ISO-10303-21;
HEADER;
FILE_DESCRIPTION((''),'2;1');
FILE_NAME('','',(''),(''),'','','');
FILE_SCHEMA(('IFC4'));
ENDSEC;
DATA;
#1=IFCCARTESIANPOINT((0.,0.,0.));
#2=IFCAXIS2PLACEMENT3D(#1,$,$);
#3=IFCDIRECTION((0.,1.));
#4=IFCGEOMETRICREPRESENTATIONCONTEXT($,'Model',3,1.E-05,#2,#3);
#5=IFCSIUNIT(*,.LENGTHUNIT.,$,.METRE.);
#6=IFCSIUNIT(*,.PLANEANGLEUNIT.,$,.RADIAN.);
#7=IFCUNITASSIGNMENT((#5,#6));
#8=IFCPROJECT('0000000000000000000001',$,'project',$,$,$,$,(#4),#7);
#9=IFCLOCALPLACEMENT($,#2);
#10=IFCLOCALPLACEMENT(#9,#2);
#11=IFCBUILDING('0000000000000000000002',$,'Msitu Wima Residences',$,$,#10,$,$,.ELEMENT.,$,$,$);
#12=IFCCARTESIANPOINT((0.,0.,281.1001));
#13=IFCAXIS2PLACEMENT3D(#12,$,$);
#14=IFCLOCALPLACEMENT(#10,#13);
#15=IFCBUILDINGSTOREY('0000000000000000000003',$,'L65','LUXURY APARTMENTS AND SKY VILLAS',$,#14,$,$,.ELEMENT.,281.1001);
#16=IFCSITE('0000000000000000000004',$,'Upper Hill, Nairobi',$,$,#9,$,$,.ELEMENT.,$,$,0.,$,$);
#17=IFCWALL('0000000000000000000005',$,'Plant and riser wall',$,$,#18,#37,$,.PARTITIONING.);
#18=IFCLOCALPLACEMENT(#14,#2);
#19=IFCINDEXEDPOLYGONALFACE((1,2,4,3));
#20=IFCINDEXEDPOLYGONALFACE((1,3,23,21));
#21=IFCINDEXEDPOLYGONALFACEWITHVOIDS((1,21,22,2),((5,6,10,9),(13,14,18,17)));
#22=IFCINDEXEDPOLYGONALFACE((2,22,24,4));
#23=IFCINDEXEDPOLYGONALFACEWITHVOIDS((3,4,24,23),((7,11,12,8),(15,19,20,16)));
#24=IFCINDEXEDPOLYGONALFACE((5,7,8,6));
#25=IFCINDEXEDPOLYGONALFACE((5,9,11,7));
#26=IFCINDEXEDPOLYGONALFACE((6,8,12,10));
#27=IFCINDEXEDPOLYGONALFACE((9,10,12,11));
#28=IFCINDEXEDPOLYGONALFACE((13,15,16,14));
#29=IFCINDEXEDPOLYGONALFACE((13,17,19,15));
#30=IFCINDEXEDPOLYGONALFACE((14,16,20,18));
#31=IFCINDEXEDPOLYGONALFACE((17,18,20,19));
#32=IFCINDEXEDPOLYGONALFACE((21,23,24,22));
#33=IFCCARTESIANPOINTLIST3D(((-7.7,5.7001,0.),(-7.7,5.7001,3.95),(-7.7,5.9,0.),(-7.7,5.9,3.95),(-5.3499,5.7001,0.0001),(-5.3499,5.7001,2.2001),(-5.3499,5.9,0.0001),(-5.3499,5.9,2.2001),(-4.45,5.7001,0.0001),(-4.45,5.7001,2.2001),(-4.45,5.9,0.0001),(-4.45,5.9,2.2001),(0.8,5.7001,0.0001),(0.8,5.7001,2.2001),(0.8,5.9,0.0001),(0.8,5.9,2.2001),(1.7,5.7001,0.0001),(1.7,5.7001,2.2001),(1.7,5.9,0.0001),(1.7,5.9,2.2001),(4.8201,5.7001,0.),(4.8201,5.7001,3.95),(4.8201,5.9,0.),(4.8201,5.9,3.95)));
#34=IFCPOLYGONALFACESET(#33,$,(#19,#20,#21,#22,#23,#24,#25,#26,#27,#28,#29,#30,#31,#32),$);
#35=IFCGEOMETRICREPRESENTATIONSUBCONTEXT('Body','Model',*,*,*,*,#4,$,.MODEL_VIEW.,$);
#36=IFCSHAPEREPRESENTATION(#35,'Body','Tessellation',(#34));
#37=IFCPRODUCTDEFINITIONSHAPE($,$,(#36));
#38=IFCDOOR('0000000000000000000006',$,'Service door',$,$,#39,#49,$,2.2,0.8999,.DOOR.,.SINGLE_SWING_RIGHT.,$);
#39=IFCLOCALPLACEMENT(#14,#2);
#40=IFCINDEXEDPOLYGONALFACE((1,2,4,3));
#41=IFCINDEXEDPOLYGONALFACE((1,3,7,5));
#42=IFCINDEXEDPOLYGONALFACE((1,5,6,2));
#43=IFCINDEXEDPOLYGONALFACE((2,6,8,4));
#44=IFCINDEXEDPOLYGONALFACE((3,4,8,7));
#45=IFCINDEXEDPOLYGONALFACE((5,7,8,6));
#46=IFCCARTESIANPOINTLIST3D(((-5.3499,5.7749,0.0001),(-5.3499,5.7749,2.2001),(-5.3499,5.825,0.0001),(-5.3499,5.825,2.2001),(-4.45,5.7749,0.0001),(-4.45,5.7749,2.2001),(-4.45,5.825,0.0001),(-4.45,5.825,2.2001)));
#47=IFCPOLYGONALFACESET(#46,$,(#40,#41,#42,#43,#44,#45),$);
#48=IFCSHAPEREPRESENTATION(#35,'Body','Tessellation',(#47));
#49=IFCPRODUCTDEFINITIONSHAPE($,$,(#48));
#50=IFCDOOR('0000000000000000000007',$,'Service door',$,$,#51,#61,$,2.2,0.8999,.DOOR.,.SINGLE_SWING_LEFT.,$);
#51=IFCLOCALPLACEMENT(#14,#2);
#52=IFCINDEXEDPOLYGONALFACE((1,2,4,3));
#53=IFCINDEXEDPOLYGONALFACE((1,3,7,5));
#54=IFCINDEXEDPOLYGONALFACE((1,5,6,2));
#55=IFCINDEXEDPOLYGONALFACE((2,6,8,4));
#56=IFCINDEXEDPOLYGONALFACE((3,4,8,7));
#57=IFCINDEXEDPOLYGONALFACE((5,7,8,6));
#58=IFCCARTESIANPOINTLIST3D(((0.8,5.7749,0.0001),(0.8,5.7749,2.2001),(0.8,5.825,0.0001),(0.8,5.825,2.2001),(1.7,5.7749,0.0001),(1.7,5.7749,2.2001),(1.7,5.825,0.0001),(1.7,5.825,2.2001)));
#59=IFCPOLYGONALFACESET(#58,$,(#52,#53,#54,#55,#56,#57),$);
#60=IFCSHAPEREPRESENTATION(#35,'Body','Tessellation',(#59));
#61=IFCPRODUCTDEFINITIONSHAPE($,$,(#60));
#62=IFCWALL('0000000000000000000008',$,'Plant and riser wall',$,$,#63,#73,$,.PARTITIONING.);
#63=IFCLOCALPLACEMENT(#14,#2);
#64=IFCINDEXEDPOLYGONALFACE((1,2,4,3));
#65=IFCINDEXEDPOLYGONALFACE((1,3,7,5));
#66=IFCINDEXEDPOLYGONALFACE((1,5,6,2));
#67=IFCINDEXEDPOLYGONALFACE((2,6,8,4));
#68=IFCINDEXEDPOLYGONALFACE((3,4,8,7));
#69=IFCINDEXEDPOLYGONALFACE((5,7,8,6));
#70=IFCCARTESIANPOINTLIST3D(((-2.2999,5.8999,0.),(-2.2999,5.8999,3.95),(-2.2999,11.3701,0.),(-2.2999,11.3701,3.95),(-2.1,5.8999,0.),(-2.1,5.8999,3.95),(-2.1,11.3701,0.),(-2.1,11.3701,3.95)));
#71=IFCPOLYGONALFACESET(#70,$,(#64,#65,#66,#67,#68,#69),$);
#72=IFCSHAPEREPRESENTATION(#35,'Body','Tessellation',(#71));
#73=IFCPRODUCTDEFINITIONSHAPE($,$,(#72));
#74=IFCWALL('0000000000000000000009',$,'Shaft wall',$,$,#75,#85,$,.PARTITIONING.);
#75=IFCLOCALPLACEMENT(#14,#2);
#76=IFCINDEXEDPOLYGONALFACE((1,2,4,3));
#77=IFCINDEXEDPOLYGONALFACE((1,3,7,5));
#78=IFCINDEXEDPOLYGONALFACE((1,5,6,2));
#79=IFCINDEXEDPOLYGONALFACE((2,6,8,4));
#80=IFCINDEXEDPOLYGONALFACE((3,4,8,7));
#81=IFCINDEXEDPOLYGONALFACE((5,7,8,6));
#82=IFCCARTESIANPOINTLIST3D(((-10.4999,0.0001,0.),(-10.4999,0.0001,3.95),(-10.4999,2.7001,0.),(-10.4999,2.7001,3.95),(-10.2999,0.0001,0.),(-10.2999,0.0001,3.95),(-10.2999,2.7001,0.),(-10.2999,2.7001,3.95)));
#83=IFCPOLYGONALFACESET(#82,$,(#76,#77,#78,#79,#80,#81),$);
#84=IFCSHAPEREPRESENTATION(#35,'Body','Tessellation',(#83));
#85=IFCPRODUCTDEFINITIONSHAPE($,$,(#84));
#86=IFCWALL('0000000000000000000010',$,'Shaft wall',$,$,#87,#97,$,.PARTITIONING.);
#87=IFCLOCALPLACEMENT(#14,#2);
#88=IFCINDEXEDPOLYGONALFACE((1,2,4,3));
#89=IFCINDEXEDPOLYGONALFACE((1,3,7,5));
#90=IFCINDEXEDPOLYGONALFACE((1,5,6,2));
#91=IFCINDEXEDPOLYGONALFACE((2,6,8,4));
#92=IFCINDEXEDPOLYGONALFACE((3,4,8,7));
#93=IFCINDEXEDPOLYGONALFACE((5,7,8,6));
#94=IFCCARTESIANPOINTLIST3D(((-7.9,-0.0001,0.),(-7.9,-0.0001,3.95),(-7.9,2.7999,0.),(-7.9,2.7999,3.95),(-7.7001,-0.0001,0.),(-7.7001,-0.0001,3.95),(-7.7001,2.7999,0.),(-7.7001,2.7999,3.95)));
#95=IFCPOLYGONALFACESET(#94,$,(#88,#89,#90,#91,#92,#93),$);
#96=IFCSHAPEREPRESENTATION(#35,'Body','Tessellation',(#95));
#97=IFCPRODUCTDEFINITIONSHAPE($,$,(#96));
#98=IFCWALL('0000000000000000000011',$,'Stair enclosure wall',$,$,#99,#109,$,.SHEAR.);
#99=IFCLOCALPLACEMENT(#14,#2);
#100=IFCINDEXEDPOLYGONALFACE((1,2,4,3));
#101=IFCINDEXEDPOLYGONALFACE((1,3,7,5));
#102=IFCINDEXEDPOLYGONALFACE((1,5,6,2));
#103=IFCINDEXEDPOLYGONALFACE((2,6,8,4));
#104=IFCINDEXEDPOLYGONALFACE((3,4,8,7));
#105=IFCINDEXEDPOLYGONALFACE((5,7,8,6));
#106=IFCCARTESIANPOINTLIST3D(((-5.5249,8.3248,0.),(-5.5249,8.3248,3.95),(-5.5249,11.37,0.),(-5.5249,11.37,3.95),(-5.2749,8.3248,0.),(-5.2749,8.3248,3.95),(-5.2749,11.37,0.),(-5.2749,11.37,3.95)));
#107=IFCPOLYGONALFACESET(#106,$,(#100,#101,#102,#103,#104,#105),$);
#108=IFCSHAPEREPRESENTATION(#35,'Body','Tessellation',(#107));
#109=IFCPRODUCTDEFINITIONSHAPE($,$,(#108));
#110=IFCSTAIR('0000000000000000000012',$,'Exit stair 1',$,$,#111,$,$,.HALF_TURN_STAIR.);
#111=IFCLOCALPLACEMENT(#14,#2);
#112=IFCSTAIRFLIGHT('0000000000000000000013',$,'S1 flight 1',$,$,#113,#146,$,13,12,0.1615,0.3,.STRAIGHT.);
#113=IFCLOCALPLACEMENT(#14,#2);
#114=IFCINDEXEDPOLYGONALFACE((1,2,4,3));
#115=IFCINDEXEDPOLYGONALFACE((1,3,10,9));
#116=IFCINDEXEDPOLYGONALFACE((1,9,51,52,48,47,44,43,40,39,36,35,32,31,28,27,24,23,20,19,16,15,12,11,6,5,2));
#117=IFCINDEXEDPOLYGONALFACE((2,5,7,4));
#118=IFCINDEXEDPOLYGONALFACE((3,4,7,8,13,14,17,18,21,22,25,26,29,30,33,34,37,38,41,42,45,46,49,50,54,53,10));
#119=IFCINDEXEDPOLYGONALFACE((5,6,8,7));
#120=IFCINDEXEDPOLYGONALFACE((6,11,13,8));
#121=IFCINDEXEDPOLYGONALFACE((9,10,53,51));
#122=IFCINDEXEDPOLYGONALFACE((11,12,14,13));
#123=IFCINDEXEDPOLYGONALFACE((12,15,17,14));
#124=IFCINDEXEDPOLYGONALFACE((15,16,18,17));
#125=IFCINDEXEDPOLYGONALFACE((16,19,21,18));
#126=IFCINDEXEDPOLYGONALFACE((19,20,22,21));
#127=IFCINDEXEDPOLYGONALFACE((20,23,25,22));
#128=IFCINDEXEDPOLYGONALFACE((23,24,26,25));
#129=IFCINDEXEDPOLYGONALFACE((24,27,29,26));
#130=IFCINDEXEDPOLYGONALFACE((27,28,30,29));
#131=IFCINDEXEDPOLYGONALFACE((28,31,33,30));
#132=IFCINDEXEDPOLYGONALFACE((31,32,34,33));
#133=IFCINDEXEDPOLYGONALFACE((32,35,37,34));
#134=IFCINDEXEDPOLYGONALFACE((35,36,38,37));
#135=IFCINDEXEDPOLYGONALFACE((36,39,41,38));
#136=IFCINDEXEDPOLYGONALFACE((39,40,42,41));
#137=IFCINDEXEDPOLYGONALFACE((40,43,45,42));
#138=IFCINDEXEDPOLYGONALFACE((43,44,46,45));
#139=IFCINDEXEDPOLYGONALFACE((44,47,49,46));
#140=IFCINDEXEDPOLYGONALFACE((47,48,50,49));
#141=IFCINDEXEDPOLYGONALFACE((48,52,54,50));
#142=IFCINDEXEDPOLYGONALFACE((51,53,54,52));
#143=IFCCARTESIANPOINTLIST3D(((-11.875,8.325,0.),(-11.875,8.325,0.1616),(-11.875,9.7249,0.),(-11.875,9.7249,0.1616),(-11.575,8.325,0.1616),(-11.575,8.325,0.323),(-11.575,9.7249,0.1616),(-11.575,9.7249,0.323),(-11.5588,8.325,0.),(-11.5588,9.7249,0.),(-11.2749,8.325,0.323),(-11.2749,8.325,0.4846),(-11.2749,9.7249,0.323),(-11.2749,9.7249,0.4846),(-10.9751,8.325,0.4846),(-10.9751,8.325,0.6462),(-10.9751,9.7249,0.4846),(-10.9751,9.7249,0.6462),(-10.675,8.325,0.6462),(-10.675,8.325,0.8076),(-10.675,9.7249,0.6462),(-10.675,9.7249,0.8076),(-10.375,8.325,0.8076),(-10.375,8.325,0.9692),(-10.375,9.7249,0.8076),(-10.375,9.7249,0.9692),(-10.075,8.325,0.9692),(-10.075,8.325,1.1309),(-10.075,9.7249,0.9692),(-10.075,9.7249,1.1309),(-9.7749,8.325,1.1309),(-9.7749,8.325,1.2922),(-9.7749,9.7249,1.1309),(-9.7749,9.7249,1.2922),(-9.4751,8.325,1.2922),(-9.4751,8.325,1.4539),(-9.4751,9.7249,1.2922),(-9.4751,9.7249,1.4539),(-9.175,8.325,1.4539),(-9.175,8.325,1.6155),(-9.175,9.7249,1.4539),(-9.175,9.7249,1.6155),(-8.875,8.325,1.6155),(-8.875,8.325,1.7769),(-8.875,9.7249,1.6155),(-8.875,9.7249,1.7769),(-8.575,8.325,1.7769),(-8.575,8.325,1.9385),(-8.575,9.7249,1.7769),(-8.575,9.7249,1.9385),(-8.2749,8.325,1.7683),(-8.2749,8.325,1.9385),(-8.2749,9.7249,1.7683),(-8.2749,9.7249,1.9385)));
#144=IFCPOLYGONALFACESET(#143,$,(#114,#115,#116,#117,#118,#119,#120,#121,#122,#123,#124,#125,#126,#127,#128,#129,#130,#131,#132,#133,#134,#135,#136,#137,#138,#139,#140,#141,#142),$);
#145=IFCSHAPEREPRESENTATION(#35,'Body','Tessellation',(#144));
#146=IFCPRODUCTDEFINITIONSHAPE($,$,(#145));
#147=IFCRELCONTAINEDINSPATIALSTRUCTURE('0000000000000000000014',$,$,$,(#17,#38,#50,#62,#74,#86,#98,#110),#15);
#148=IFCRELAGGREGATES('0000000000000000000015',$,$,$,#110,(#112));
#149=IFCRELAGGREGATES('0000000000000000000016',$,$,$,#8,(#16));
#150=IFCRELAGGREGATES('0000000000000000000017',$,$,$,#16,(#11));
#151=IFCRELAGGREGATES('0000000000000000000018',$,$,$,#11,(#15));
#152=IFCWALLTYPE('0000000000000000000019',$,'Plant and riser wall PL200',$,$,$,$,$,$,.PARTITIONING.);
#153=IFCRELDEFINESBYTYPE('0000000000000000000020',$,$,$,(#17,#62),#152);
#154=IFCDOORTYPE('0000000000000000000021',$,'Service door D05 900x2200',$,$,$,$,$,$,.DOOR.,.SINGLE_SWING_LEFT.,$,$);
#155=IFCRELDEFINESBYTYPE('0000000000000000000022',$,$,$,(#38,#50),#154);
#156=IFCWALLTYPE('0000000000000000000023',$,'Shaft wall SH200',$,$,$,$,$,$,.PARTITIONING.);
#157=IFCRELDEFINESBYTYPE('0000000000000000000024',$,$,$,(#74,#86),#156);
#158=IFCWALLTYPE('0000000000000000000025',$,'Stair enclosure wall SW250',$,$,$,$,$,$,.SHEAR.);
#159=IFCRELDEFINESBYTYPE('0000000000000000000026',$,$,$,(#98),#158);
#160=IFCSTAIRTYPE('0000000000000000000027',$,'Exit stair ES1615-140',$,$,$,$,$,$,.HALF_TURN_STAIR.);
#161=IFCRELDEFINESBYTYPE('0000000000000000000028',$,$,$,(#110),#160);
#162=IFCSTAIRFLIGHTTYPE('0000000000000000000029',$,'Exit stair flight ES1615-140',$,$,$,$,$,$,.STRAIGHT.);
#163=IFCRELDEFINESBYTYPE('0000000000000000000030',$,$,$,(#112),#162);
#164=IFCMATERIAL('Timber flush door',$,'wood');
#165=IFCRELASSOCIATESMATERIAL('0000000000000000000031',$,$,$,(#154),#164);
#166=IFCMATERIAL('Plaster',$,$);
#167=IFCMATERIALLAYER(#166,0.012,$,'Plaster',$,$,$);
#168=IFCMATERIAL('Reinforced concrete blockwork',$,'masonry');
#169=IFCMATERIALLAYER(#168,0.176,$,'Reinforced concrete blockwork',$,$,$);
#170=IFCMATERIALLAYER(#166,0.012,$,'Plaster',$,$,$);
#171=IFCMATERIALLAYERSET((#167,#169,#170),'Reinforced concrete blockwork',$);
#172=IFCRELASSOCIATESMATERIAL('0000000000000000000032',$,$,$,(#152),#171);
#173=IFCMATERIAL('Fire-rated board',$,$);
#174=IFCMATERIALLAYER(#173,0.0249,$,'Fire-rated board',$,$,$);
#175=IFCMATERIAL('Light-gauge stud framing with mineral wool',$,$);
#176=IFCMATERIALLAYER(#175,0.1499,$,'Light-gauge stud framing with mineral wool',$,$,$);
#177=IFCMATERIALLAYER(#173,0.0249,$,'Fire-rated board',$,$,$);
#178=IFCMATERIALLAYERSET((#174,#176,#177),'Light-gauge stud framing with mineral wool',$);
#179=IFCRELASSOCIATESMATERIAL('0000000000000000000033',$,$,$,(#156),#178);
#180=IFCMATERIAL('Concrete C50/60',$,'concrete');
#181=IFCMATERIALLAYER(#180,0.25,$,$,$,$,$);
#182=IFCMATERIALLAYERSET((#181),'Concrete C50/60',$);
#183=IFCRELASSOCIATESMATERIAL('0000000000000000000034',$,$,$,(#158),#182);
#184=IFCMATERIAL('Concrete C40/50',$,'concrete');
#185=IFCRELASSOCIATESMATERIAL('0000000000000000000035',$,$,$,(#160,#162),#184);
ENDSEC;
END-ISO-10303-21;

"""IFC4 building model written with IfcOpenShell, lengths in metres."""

from ifc_helpers import new_model, si_unit, direction, frame, frame_2d, origin, place, context, subcontext, project, spatial, polyline, rectangle, outline, extrude, material, layer, layer_set, type_object, element, fill, aggregate, save


model = new_model("IFC4")

# Units and contexts
model_context = context("Model", 3, precision=1e-05, world=origin(), true_north=direction((0.0, 1.0)))
body_context = subcontext(model_context, "Body", "Model", "MODEL_VIEW")
ifc_project = project(units=[si_unit("LENGTHUNIT", "METRE"), si_unit("PLANEANGLEUNIT", "RADIAN")], contexts=[model_context])

# Site, building, storey
site_placement = place(None, origin())
site = spatial("IfcSite", under=ifc_project, at=site_placement, Name="Upper Hill, Nairobi", CompositionType="ELEMENT", RefElevation=0.0)
building_placement = place(site_placement, origin())
building = spatial("IfcBuilding", under=site, at=building_placement, Name="Msitu Wima Residences", CompositionType="ELEMENT")
storey_placement = place(building_placement, frame((0.0, 0.0, 281.1001)))
storey = spatial("IfcBuildingStorey", under=building, at=storey_placement, Name="L65", Description="LUXURY APARTMENTS AND SKY VILLAS", CompositionType="ELEMENT", Elevation=281.1001)

# Shared definitions
ifc_material_1 = material(Name="Concrete C40/50", Category="concrete")

# Shared definitions
ifc_material_2 = material(Name="Plaster")
ifc_material_3 = material(Name="Timber flush door", Category="wood")
door_type_1 = type_object("IfcDoorType", Name="Service door D05 900x2200", OperationType="SINGLE_SWING_LEFT", PredefinedType="DOOR", material=ifc_material_3)

# Shared definitions
ifc_layer_1 = layer(ifc_material_2, 0.012, Name="Plaster")
ifc_material_4 = material(Name="Reinforced concrete blockwork", Category="masonry")
ifc_layer_2 = layer(ifc_material_4, 0.176, Name="Reinforced concrete blockwork")
ifc_layer_3 = layer(ifc_material_2, 0.012, Name="Plaster")
ifc_layer_set_1 = layer_set([ifc_layer_1, ifc_layer_2, ifc_layer_3], Name="Reinforced concrete blockwork")
wall_type_1 = type_object("IfcWallType", Name="Plant and riser wall PL200", PredefinedType="PARTITIONING", material=ifc_layer_set_1)

# Wall, openings, doors
wall_1_placement = place(storey_placement, frame((-7.7, 5.8, 0.0), z_axis=(0.0, 0.0, 1.0), x_axis=(1.0, 0.0, 0.0)))
wall_1 = element("IfcWall", 1, at=wall_1_placement, inside=storey, type_object=wall_type_1, Name="Plant and riser wall", PredefinedType="PARTITIONING", context=body_context, shape_type="SweptSolid", body=[
    extrude(rectangle(XDim=12.52, YDim=0.2, at=frame_2d((6.26, 0.0))), origin(), (0.0, 0.0, 1.0), 3.95),
])
opening_1_placement = place(wall_1_placement, frame((2.3501, 0.0, 0.0)))
opening_1 = element("IfcOpeningElement", 2, at=opening_1_placement, cuts=wall_1, PredefinedType="OPENING", context=body_context, shape_type="SweptSolid", body=[
    extrude(rectangle(XDim=0.8999, YDim=2.2, at=frame_2d((0.45, 1.1001))), frame((0.0, 0.1099, 0.0), z_axis=(0.0, -1.0, 0.0), x_axis=(1.0, 0.0, 0.0)), (0.0, 0.0, 1.0), 0.22),
])
opening_2_placement = place(wall_1_placement, frame((8.5, 0.0, 0.0)))
opening_2 = element("IfcOpeningElement", 3, at=opening_2_placement, cuts=wall_1, PredefinedType="OPENING", context=body_context, shape_type="SweptSolid", body=[
    extrude(rectangle(XDim=0.8999, YDim=2.2, at=frame_2d((0.45, 1.1001))), frame((0.0, 0.1099, 0.0), z_axis=(0.0, -1.0, 0.0), x_axis=(1.0, 0.0, 0.0)), (0.0, 0.0, 1.0), 0.22),
])
door_1_placement = place(opening_1_placement, origin())
door_1 = element("IfcDoor", 4, at=door_1_placement, inside=storey, type_object=door_type_1, Name="Service door", OperationType="SINGLE_SWING_RIGHT", OverallHeight=2.2, OverallWidth=0.8999, PredefinedType="DOOR", context=body_context, shape_type="SweptSolid", body=[
    extrude(rectangle(XDim=0.8999, YDim=2.2, at=frame_2d((0.45, 1.1001))), frame((0.0, 0.0249, 0.0), z_axis=(0.0, -1.0, 0.0), x_axis=(1.0, 0.0, 0.0)), (0.0, 0.0, 1.0), 0.05),
])
fill(opening_1, door_1)
door_2_placement = place(opening_2_placement, origin())
door_2 = element("IfcDoor", 5, at=door_2_placement, inside=storey, type_object=door_type_1, Name="Service door", OperationType="SINGLE_SWING_LEFT", OverallHeight=2.2, OverallWidth=0.8999, PredefinedType="DOOR", context=body_context, shape_type="SweptSolid", body=[
    extrude(rectangle(XDim=0.8999, YDim=2.2, at=frame_2d((0.45, 1.1001))), frame((0.0, 0.0249, 0.0), z_axis=(0.0, -1.0, 0.0), x_axis=(1.0, 0.0, 0.0)), (0.0, 0.0, 1.0), 0.05),
])
fill(opening_2, door_2)

# Walls
wall_2_placement = place(storey_placement, frame((-2.2, 5.8999, 0.0), z_axis=(0.0, 0.0, 1.0), x_axis=(0.0, 1.0, 0.0)))
element("IfcWall", 6, at=wall_2_placement, inside=storey, type_object=wall_type_1, Name="Plant and riser wall", PredefinedType="PARTITIONING", context=body_context, shape_type="SweptSolid", body=[
    extrude(rectangle(XDim=5.4702, YDim=0.2, at=frame_2d((2.7351, 0.0))), origin(), (0.0, 0.0, 1.0), 3.95),
])
ifc_material_5 = material(Name="Fire-rated board")
ifc_layer_4 = layer(ifc_material_5, 0.0249, Name="Fire-rated board")
ifc_material_6 = material(Name="Light-gauge stud framing with mineral wool")
ifc_layer_5 = layer(ifc_material_6, 0.1499, Name="Light-gauge stud framing with mineral wool")
ifc_layer_6 = layer(ifc_material_5, 0.0249, Name="Fire-rated board")
ifc_layer_set_2 = layer_set([ifc_layer_4, ifc_layer_5, ifc_layer_6], Name="Light-gauge stud framing with mineral wool")
wall_type_2 = type_object("IfcWallType", Name="Shaft wall SH200", PredefinedType="PARTITIONING", material=ifc_layer_set_2)
wall_3_placement = place(storey_placement, frame((-10.3999, 0.0, 0.0), z_axis=(0.0, 0.0, 1.0), x_axis=(0.0, 1.0, 0.0)))
element("IfcWall", 7, at=wall_3_placement, inside=storey, type_object=wall_type_2, Name="Shaft wall", PredefinedType="PARTITIONING", context=body_context, shape_type="SweptSolid", body=[
    extrude(rectangle(XDim=2.7, YDim=0.2, at=frame_2d((1.3501, 0.0))), origin(), (0.0, 0.0, 1.0), 3.95),
])
wall_4_placement = place(storey_placement, frame((-7.8, 0.0, 0.0), z_axis=(0.0, 0.0, 1.0), x_axis=(0.0, 1.0, 0.0)))
element("IfcWall", 8, at=wall_4_placement, inside=storey, type_object=wall_type_2, Name="Shaft wall", PredefinedType="PARTITIONING", context=body_context, shape_type="SweptSolid", body=[
    extrude(rectangle(XDim=2.8, YDim=0.2, at=frame_2d((1.3999, 0.0))), origin(), (0.0, 0.0, 1.0), 3.95),
])
ifc_material_7 = material(Name="Concrete C50/60", Category="concrete")
ifc_layer_7 = layer(ifc_material_7, 0.25)
ifc_layer_set_3 = layer_set([ifc_layer_7], Name="Concrete C50/60")
wall_type_3 = type_object("IfcWallType", Name="Stair enclosure wall SW250", PredefinedType="SHEAR", material=ifc_layer_set_3)
wall_5_placement = place(storey_placement, frame((-5.3999, 8.325, 0.0), z_axis=(0.0, 0.0, 1.0), x_axis=(0.0, 1.0, 0.0)))
element("IfcWall", 9, at=wall_5_placement, inside=storey, type_object=wall_type_3, Name="Stair enclosure wall", PredefinedType="SHEAR", context=body_context, shape_type="SweptSolid", body=[
    extrude(rectangle(XDim=3.0452, YDim=0.25, at=frame_2d((1.5225, 0.0))), origin(), (0.0, 0.0, 1.0), 3.95),
])

# Stair, stair flight
stair_type = type_object("IfcStairType", Name="Exit stair ES1615-140", PredefinedType="HALF_TURN_STAIR", material=ifc_material_1)
stair_placement = place(storey_placement, origin())
stair = element("IfcStair", 10, at=stair_placement, inside=storey, type_object=stair_type, Name="Exit stair 1", PredefinedType="HALF_TURN_STAIR")
stair_flight_type = type_object("IfcStairFlightType", Name="Exit stair flight ES1615-140", PredefinedType="STRAIGHT", material=ifc_material_1)
stair_flight_1_placement = place(storey_placement, frame((-11.875, 9.0249, 0.0), z_axis=(0.0, 0.0, 1.0), x_axis=(1.0, 0.0, 0.0)))
stair_flight_1 = element("IfcStairFlight", 11, at=stair_flight_1_placement, type_object=stair_flight_type, Name="S1 flight 1", NumberOfRisers=13, NumberOfTreads=12, PredefinedType="STRAIGHT", RiserHeight=0.1615, TreadLength=0.3, context=body_context, shape_type="SweptSolid", body=[
    extrude(outline(polyline([(0.0, 0.0), (0.0, 0.1616), (0.3, 0.1616), (0.3, 0.323), (0.6001, 0.323), (0.6001, 0.4846), (0.8999, 0.4846), (0.8999, 0.6462), (1.2, 0.6462), (1.2, 0.8076), (1.5, 0.8076), (1.5, 0.9692), (1.8, 0.9692), (1.8, 1.1309), (2.1001, 1.1309), (2.1001, 1.2922), (2.3999, 1.2922), (2.3999, 1.4539), (2.7, 1.4539), (2.7, 1.6155), (3.0, 1.6155), (3.0, 1.7769), (3.3, 1.7769), (3.3, 1.9385), (3.6001, 1.9385), (3.6001, 2.1001), (3.6001, 1.7683), (0.3162, 0.0), (0.0, 0.0)])), frame((0.0, 0.7, 0.0), z_axis=(0.0, -1.0, 0.0), x_axis=(1.0, 0.0, 0.0)), (0.0, 0.0, 1.0), 1.3999),
])
aggregate(stair, [stair_flight_1])

save(model, "model.ifc")
